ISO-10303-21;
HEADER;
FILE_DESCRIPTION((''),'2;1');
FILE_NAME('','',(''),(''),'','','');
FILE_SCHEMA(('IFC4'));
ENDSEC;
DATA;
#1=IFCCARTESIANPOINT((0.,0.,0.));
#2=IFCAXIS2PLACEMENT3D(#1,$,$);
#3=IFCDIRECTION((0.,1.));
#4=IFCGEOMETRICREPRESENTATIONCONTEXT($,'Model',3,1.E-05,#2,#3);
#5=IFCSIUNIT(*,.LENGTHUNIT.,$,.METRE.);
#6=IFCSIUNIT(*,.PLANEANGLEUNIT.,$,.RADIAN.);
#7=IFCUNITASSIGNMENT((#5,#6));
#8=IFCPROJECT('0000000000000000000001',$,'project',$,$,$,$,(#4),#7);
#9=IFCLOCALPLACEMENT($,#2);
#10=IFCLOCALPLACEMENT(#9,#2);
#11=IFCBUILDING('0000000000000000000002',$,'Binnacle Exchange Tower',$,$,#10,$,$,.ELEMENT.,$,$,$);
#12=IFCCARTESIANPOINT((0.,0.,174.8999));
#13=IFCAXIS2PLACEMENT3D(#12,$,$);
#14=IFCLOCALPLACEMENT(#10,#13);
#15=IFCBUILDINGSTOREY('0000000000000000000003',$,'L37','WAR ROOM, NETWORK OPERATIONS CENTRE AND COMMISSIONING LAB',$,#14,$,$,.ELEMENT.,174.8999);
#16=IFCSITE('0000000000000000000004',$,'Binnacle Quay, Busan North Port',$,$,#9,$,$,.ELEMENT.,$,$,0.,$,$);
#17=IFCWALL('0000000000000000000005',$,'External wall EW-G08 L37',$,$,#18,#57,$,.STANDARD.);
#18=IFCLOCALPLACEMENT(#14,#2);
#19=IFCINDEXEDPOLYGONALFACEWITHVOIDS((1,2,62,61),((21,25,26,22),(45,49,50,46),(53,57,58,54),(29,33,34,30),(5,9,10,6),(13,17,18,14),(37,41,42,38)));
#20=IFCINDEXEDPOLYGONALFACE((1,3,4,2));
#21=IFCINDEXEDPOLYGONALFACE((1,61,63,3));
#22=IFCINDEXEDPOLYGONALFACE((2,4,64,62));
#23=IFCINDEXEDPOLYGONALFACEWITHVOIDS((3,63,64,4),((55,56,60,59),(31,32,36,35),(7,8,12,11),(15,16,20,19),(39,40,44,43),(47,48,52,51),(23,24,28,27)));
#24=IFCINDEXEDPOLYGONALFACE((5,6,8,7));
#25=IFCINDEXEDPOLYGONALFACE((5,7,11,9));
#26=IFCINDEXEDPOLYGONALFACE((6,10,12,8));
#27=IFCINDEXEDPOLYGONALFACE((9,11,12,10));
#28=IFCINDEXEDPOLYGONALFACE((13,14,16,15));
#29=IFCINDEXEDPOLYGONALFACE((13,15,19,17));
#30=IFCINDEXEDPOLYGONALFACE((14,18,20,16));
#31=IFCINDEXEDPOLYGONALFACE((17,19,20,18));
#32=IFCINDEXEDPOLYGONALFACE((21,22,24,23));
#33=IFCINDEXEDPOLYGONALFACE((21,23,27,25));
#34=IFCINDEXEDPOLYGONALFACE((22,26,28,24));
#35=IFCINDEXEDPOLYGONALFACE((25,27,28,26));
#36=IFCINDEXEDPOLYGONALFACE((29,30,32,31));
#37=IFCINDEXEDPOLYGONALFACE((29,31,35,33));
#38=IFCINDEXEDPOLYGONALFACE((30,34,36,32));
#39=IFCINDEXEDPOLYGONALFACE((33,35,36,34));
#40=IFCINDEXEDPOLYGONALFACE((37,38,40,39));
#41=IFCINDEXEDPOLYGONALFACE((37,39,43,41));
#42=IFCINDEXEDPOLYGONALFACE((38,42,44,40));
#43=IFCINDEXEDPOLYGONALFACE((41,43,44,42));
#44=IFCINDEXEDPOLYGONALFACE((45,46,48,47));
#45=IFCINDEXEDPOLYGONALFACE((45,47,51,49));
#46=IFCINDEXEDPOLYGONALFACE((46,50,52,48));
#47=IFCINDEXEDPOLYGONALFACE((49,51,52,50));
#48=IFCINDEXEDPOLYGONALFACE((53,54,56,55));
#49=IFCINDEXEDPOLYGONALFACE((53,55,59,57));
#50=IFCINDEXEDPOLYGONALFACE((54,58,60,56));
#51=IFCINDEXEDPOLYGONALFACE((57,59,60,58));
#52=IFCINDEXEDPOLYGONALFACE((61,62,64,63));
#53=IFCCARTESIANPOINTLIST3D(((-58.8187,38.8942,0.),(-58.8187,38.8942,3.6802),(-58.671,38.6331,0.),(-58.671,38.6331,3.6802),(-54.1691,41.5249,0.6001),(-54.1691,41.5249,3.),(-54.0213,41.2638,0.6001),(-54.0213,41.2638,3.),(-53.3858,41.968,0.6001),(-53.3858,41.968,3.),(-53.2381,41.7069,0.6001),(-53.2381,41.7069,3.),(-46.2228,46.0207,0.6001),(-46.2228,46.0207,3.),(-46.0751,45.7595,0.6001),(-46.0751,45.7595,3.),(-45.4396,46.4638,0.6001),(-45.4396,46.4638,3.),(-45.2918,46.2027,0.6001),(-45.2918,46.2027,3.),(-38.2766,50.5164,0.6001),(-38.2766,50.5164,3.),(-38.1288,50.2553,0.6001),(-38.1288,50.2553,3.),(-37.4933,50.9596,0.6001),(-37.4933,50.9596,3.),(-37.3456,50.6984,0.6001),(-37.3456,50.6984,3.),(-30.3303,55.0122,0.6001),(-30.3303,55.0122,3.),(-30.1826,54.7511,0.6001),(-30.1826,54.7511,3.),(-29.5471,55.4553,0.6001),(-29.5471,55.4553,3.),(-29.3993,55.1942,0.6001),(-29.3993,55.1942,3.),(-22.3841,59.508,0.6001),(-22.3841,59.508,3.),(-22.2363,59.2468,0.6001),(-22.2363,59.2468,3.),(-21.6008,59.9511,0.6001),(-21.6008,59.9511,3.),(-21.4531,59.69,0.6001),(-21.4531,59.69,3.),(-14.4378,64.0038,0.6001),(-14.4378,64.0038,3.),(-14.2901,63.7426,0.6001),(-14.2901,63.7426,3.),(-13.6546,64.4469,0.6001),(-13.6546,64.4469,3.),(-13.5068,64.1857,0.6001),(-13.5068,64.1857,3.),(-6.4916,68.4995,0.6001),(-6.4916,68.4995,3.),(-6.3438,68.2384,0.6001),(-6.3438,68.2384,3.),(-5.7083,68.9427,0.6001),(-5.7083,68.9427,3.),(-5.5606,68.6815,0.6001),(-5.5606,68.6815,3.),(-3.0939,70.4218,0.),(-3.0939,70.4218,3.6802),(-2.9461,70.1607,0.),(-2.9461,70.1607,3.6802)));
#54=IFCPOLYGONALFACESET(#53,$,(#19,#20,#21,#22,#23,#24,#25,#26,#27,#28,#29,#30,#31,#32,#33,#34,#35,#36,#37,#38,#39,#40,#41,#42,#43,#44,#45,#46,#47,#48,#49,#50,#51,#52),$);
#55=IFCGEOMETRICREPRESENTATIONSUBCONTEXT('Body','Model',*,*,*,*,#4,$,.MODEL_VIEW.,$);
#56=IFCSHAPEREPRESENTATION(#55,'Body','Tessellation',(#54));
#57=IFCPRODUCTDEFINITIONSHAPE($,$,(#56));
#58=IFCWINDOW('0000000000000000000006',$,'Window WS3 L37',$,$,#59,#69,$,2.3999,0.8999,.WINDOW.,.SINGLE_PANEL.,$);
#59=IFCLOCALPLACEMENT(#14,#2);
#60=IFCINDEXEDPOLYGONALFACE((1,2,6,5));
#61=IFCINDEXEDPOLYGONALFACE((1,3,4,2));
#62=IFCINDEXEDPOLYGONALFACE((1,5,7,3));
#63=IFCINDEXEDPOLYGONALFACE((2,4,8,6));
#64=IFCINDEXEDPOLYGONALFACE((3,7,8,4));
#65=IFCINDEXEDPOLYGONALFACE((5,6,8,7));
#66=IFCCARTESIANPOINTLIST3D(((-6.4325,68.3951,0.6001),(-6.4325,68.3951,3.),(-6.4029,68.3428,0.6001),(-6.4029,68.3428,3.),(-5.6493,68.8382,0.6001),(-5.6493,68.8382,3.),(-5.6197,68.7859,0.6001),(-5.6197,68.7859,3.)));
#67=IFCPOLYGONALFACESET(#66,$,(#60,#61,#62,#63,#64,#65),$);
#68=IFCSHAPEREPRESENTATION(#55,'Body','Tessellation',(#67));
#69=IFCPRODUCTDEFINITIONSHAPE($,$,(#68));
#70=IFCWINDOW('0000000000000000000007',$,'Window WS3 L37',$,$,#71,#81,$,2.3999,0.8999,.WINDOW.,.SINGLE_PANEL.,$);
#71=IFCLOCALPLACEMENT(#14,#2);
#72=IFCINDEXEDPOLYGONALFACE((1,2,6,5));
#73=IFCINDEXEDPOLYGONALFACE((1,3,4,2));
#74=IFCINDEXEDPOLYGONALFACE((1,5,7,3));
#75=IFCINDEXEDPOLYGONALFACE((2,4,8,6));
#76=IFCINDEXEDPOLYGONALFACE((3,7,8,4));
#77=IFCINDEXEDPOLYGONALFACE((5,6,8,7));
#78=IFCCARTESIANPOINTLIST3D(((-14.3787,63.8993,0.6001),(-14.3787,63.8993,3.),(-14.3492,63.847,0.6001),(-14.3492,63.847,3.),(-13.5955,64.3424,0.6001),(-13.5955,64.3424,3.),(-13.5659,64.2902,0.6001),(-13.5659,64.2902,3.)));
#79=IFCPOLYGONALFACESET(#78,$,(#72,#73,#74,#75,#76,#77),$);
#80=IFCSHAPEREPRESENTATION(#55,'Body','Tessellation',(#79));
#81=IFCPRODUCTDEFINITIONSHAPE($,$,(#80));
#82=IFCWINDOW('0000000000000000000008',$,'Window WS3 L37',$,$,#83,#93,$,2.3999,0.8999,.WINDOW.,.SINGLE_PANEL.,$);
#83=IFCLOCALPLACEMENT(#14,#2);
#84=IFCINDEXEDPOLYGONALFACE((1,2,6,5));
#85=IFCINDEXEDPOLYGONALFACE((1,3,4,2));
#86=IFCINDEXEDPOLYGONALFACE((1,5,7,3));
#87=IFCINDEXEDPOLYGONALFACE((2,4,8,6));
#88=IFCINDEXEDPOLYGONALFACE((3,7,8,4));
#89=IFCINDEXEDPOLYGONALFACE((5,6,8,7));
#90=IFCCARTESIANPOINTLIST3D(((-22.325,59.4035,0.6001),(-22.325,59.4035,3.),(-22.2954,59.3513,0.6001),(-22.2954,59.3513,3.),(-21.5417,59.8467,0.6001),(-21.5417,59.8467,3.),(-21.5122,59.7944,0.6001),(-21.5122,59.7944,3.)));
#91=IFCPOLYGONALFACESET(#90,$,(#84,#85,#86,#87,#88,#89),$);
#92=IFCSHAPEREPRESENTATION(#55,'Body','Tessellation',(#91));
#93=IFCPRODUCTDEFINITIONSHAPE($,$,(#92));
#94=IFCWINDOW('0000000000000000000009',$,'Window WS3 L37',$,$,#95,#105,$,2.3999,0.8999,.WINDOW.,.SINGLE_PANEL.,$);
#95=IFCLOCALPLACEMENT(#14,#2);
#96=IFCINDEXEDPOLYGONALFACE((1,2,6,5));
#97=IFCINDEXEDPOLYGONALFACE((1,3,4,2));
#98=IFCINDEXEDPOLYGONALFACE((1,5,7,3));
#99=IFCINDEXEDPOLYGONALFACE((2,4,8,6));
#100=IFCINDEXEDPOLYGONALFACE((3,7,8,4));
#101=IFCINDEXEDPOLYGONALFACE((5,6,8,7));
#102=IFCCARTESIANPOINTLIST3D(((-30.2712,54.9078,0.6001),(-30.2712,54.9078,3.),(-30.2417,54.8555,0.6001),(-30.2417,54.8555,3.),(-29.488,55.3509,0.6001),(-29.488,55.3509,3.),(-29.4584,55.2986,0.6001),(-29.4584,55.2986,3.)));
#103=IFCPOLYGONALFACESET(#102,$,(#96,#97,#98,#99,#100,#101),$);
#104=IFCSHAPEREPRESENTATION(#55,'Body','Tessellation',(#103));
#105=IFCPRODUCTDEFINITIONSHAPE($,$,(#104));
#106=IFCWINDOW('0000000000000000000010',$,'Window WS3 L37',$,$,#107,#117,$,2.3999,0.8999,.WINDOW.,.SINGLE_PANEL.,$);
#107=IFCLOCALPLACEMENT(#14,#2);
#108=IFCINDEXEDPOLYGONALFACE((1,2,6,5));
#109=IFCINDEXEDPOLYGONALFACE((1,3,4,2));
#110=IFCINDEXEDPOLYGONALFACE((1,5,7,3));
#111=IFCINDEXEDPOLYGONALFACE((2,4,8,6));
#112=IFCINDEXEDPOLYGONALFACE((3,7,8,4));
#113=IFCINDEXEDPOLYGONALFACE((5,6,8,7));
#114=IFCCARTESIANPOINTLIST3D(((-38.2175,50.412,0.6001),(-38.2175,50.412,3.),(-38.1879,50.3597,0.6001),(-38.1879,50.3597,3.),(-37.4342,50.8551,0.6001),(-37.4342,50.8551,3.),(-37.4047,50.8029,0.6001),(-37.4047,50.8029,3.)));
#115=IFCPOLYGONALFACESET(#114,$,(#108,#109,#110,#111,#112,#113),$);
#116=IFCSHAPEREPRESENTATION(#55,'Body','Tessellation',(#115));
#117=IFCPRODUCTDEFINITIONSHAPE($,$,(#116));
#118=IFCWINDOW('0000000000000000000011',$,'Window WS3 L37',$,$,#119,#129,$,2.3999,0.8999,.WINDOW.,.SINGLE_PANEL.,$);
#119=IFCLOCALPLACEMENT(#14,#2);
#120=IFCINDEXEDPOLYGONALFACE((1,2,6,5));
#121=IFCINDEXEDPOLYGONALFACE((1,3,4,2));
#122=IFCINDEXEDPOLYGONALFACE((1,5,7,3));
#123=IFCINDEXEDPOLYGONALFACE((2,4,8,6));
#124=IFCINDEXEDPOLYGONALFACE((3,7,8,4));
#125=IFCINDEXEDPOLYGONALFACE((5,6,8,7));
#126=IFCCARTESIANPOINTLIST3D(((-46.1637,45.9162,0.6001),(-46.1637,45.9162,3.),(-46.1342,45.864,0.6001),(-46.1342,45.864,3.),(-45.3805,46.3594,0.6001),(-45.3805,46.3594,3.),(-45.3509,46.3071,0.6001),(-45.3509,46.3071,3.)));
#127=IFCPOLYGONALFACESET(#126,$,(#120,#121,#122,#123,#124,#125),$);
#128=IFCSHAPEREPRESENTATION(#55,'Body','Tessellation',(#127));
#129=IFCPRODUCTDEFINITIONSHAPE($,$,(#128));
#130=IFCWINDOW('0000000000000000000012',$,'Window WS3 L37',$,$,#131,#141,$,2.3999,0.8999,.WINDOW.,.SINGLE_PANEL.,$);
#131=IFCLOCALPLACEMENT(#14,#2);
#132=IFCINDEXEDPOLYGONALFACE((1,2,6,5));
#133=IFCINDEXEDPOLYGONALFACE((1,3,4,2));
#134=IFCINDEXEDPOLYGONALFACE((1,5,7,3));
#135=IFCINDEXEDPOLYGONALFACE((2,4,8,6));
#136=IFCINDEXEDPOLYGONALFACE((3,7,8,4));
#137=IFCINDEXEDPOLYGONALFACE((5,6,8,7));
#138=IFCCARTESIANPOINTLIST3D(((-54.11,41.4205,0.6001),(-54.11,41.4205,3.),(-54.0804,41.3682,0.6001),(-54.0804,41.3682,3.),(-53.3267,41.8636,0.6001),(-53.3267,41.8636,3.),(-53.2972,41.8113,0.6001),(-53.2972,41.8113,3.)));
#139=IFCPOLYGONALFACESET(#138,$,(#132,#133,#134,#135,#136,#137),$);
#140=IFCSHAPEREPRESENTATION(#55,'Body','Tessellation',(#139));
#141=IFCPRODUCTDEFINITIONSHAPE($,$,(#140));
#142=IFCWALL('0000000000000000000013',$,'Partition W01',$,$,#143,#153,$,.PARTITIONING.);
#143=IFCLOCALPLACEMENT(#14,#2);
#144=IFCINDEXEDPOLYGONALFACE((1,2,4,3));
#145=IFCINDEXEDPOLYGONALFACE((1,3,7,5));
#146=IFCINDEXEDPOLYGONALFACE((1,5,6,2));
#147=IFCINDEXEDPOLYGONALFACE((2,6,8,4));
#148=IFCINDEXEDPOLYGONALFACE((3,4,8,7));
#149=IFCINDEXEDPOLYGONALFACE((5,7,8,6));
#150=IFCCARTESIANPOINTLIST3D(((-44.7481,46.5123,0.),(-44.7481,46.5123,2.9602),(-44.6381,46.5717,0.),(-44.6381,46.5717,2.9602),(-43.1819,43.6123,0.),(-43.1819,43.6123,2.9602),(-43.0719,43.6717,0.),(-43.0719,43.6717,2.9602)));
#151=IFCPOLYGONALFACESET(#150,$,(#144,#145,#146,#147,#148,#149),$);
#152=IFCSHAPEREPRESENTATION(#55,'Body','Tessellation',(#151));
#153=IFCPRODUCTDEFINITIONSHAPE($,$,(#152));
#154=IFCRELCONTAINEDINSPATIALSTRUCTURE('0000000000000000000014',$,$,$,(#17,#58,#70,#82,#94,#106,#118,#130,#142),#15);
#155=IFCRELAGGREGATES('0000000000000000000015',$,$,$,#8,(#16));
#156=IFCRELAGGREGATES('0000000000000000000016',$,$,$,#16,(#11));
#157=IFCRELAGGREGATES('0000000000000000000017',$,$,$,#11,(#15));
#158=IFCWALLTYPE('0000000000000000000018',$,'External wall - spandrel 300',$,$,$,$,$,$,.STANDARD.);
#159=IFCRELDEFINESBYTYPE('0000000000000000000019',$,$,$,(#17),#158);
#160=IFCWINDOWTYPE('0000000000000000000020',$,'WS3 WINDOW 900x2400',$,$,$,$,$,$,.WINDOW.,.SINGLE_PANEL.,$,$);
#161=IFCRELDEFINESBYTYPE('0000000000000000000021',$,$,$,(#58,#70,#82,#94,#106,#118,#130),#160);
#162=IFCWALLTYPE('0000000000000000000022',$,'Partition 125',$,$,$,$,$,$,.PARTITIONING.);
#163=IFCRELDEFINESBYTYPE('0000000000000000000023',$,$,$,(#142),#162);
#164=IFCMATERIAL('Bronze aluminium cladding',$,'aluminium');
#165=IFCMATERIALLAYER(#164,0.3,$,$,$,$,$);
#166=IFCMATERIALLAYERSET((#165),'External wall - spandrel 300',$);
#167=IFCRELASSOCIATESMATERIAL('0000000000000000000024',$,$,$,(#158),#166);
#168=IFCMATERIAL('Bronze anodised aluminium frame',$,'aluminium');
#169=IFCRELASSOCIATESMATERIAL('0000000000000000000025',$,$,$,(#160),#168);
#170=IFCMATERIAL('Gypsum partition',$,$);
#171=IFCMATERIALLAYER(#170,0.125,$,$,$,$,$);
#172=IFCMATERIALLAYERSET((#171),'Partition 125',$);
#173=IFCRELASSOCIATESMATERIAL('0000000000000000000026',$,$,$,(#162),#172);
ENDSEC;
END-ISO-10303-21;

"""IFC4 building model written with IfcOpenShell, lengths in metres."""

from ifc_helpers import new_model, si_unit, direction, frame, frame_2d, origin, place, context, subcontext, project, spatial, rectangle, extrude, material, layer, layer_set, type_object, element, fill, save


model = new_model("IFC4")

# Units and contexts
model_context = context("Model", 3, precision=1e-05, world=origin(), true_north=direction((0.0, 1.0)))
body_context = subcontext(model_context, "Body", "Model", "MODEL_VIEW")
ifc_project = project(units=[si_unit("LENGTHUNIT", "METRE"), si_unit("PLANEANGLEUNIT", "RADIAN")], contexts=[model_context])

# Site, building, storey
site_placement = place(None, origin())
site = spatial("IfcSite", under=ifc_project, at=site_placement, Name="Binnacle Quay, Busan North Port", CompositionType="ELEMENT", RefElevation=0.0)
building_placement = place(site_placement, origin())
building = spatial("IfcBuilding", under=site, at=building_placement, Name="Binnacle Exchange Tower", CompositionType="ELEMENT")
storey_placement = place(building_placement, frame((0.0, 0.0, 174.8999)))
storey = spatial("IfcBuildingStorey", under=building, at=storey_placement, Name="L37", Description="WAR ROOM, NETWORK OPERATIONS CENTRE AND COMMISSIONING LAB", CompositionType="ELEMENT", Elevation=174.8999)

# Wall, openings, windows
ifc_material_1 = material(Name="Bronze aluminium cladding", Category="aluminium")
ifc_layer_1 = layer(ifc_material_1, 0.3)
ifc_layer_set_1 = layer_set([ifc_layer_1], Name="External wall - spandrel 300")
wall_type_1 = type_object("IfcWallType", Name="External wall - spandrel 300", PredefinedType="STANDARD", material=ifc_layer_set_1)
wall_1_placement = place(storey_placement, frame((-58.7449, 38.7637, 0.0), z_axis=(0.0, 0.0, 1.0), x_axis=(0.870356, 0.492423, 0.0)))
wall_1 = element("IfcWall", 1, at=wall_1_placement, inside=storey, type_object=wall_type_1, Name="External wall EW-G08 L37", PredefinedType="STANDARD", context=body_context, shape_type="SweptSolid", body=[
    extrude(rectangle(XDim=64.0254, YDim=0.3, at=frame_2d((32.0127, 0.0))), origin(), (0.0, 0.0, 1.0), 3.6802),
])
opening_1_placement = place(wall_1_placement, frame((60.1216, 0.0, 0.6001)))
opening_1 = element("IfcOpeningElement", 2, at=opening_1_placement, cuts=wall_1, PredefinedType="OPENING", context=body_context, shape_type="SweptSolid", body=[
    extrude(rectangle(XDim=0.8999, YDim=2.3999, at=frame_2d((0.45, 1.2))), frame((0.0, 0.1599, 0.0), z_axis=(0.0, -1.0, 0.0), x_axis=(1.0, 0.0, 0.0)), (0.0, 0.0, 1.0), 0.3201),
])
opening_2_placement = place(wall_1_placement, frame((50.9917, 0.0, 0.6001)))
opening_2 = element("IfcOpeningElement", 3, at=opening_2_placement, cuts=wall_1, PredefinedType="OPENING", context=body_context, shape_type="SweptSolid", body=[
    extrude(rectangle(XDim=0.8999, YDim=2.3999, at=frame_2d((0.45, 1.2))), frame((0.0, 0.1599, 0.0), z_axis=(0.0, -1.0, 0.0), x_axis=(1.0, 0.0, 0.0)), (0.0, 0.0, 1.0), 0.3201),
])
opening_3_placement = place(wall_1_placement, frame((41.8618, 0.0, 0.6001)))
opening_3 = element("IfcOpeningElement", 4, at=opening_3_placement, cuts=wall_1, PredefinedType="OPENING", context=body_context, shape_type="SweptSolid", body=[
    extrude(rectangle(XDim=0.8999, YDim=2.3999, at=frame_2d((0.45, 1.2))), frame((0.0, 0.1599, 0.0), z_axis=(0.0, -1.0, 0.0), x_axis=(1.0, 0.0, 0.0)), (0.0, 0.0, 1.0), 0.3201),
])
opening_4_placement = place(wall_1_placement, frame((32.7319, 0.0, 0.6001)))
opening_4 = element("IfcOpeningElement", 5, at=opening_4_placement, cuts=wall_1, PredefinedType="OPENING", context=body_context, shape_type="SweptSolid", body=[
    extrude(rectangle(XDim=0.8999, YDim=2.3999, at=frame_2d((0.45, 1.2))), frame((0.0, 0.1599, 0.0), z_axis=(0.0, -1.0, 0.0), x_axis=(1.0, 0.0, 0.0)), (0.0, 0.0, 1.0), 0.3201),
])
opening_5_placement = place(wall_1_placement, frame((23.6021, 0.0, 0.6001)))
opening_5 = element("IfcOpeningElement", 6, at=opening_5_placement, cuts=wall_1, PredefinedType="OPENING", context=body_context, shape_type="SweptSolid", body=[
    extrude(rectangle(XDim=0.8999, YDim=2.3999, at=frame_2d((0.45, 1.2))), frame((0.0, 0.1599, 0.0), z_axis=(0.0, -1.0, 0.0), x_axis=(1.0, 0.0, 0.0)), (0.0, 0.0, 1.0), 0.3201),
])
opening_6_placement = place(wall_1_placement, frame((14.4722, 0.0, 0.6001)))
opening_6 = element("IfcOpeningElement", 7, at=opening_6_placement, cuts=wall_1, PredefinedType="OPENING", context=body_context, shape_type="SweptSolid", body=[
    extrude(rectangle(XDim=0.8999, YDim=2.3999, at=frame_2d((0.45, 1.2))), frame((0.0, 0.1599, 0.0), z_axis=(0.0, -1.0, 0.0), x_axis=(1.0, 0.0, 0.0)), (0.0, 0.0, 1.0), 0.3201),
])
opening_7_placement = place(wall_1_placement, frame((5.3423, 0.0, 0.6001)))
opening_7 = element("IfcOpeningElement", 8, at=opening_7_placement, cuts=wall_1, PredefinedType="OPENING", context=body_context, shape_type="SweptSolid", body=[
    extrude(rectangle(XDim=0.8999, YDim=2.3999, at=frame_2d((0.45, 1.2))), frame((0.0, 0.1599, 0.0), z_axis=(0.0, -1.0, 0.0), x_axis=(1.0, 0.0, 0.0)), (0.0, 0.0, 1.0), 0.3201),
])
ifc_material_2 = material(Name="Bronze anodised aluminium frame", Category="aluminium")
window_type = type_object("IfcWindowType", Name="WS3 WINDOW 900x2400", PartitioningType="SINGLE_PANEL", PredefinedType="WINDOW", material=ifc_material_2)
window_1_placement = place(opening_1_placement, origin())
window_1 = element("IfcWindow", 9, at=window_1_placement, inside=storey, type_object=window_type, Name="Window WS3 L37", OverallHeight=2.3999, OverallWidth=0.8999, PartitioningType="SINGLE_PANEL", PredefinedType="WINDOW", context=body_context, shape_type="SweptSolid", body=[
    extrude(rectangle(XDim=0.8999, YDim=2.3999, at=frame_2d((0.45, 1.2))), frame((0.0, 0.03, 0.0), z_axis=(0.0, -1.0, 0.0), x_axis=(1.0, 0.0, 0.0)), (0.0, 0.0, 1.0), 0.0601),
])
fill(opening_1, window_1)
window_2_placement = place(opening_2_placement, origin())
window_2 = element("IfcWindow", 10, at=window_2_placement, inside=storey, type_object=window_type, Name="Window WS3 L37", OverallHeight=2.3999, OverallWidth=0.8999, PartitioningType="SINGLE_PANEL", PredefinedType="WINDOW", context=body_context, shape_type="SweptSolid", body=[
    extrude(rectangle(XDim=0.8999, YDim=2.3999, at=frame_2d((0.45, 1.2))), frame((0.0, 0.03, 0.0), z_axis=(0.0, -1.0, 0.0), x_axis=(1.0, 0.0, 0.0)), (0.0, 0.0, 1.0), 0.0601),
])
fill(opening_2, window_2)
window_3_placement = place(opening_3_placement, origin())
window_3 = element("IfcWindow", 11, at=window_3_placement, inside=storey, type_object=window_type, Name="Window WS3 L37", OverallHeight=2.3999, OverallWidth=0.8999, PartitioningType="SINGLE_PANEL", PredefinedType="WINDOW", context=body_context, shape_type="SweptSolid", body=[
    extrude(rectangle(XDim=0.8999, YDim=2.3999, at=frame_2d((0.45, 1.2))), frame((0.0, 0.03, 0.0), z_axis=(0.0, -1.0, 0.0), x_axis=(1.0, 0.0, 0.0)), (0.0, 0.0, 1.0), 0.0601),
])
fill(opening_3, window_3)
window_4_placement = place(opening_4_placement, origin())
window_4 = element("IfcWindow", 12, at=window_4_placement, inside=storey, type_object=window_type, Name="Window WS3 L37", OverallHeight=2.3999, OverallWidth=0.8999, PartitioningType="SINGLE_PANEL", PredefinedType="WINDOW", context=body_context, shape_type="SweptSolid", body=[
    extrude(rectangle(XDim=0.8999, YDim=2.3999, at=frame_2d((0.45, 1.2))), frame((0.0, 0.03, 0.0), z_axis=(0.0, -1.0, 0.0), x_axis=(1.0, 0.0, 0.0)), (0.0, 0.0, 1.0), 0.0601),
])
fill(opening_4, window_4)
window_5_placement = place(opening_5_placement, origin())
window_5 = element("IfcWindow", 13, at=window_5_placement, inside=storey, type_object=window_type, Name="Window WS3 L37", OverallHeight=2.3999, OverallWidth=0.8999, PartitioningType="SINGLE_PANEL", PredefinedType="WINDOW", context=body_context, shape_type="SweptSolid", body=[
    extrude(rectangle(XDim=0.8999, YDim=2.3999, at=frame_2d((0.45, 1.2))), frame((0.0, 0.03, 0.0), z_axis=(0.0, -1.0, 0.0), x_axis=(1.0, 0.0, 0.0)), (0.0, 0.0, 1.0), 0.0601),
])
fill(opening_5, window_5)
window_6_placement = place(opening_6_placement, origin())
window_6 = element("IfcWindow", 14, at=window_6_placement, inside=storey, type_object=window_type, Name="Window WS3 L37", OverallHeight=2.3999, OverallWidth=0.8999, PartitioningType="SINGLE_PANEL", PredefinedType="WINDOW", context=body_context, shape_type="SweptSolid", body=[
    extrude(rectangle(XDim=0.8999, YDim=2.3999, at=frame_2d((0.45, 1.2))), frame((0.0, 0.03, 0.0), z_axis=(0.0, -1.0, 0.0), x_axis=(1.0, 0.0, 0.0)), (0.0, 0.0, 1.0), 0.0601),
])
fill(opening_6, window_6)
window_7_placement = place(opening_7_placement, origin())
window_7 = element("IfcWindow", 15, at=window_7_placement, inside=storey, type_object=window_type, Name="Window WS3 L37", OverallHeight=2.3999, OverallWidth=0.8999, PartitioningType="SINGLE_PANEL", PredefinedType="WINDOW", context=body_context, shape_type="SweptSolid", body=[
    extrude(rectangle(XDim=0.8999, YDim=2.3999, at=frame_2d((0.45, 1.2))), frame((0.0, 0.03, 0.0), z_axis=(0.0, -1.0, 0.0), x_axis=(1.0, 0.0, 0.0)), (0.0, 0.0, 1.0), 0.0601),
])
fill(opening_7, window_7)

# Wall
ifc_material_3 = material(Name="Gypsum partition")
ifc_layer_2 = layer(ifc_material_3, 0.125)
ifc_layer_set_2 = layer_set([ifc_layer_2], Name="Partition 125")
wall_type_2 = type_object("IfcWallType", Name="Partition 125", PredefinedType="PARTITIONING", material=ifc_layer_set_2)
wall_2_placement = place(storey_placement, frame((-44.6931, 46.542, 0.0), z_axis=(0.0, 0.0, 1.0), x_axis=(0.475199, -0.879878, 0.0)))
element("IfcWall", 16, at=wall_2_placement, inside=storey, type_object=wall_type_2, Name="Partition W01", PredefinedType="PARTITIONING", context=body_context, shape_type="SweptSolid", body=[
    extrude(rectangle(XDim=3.2959, YDim=0.125, at=frame_2d((1.6479, 0.0))), origin(), (0.0, 0.0, 1.0), 2.9602),
])

save(model, "model.ifc")
